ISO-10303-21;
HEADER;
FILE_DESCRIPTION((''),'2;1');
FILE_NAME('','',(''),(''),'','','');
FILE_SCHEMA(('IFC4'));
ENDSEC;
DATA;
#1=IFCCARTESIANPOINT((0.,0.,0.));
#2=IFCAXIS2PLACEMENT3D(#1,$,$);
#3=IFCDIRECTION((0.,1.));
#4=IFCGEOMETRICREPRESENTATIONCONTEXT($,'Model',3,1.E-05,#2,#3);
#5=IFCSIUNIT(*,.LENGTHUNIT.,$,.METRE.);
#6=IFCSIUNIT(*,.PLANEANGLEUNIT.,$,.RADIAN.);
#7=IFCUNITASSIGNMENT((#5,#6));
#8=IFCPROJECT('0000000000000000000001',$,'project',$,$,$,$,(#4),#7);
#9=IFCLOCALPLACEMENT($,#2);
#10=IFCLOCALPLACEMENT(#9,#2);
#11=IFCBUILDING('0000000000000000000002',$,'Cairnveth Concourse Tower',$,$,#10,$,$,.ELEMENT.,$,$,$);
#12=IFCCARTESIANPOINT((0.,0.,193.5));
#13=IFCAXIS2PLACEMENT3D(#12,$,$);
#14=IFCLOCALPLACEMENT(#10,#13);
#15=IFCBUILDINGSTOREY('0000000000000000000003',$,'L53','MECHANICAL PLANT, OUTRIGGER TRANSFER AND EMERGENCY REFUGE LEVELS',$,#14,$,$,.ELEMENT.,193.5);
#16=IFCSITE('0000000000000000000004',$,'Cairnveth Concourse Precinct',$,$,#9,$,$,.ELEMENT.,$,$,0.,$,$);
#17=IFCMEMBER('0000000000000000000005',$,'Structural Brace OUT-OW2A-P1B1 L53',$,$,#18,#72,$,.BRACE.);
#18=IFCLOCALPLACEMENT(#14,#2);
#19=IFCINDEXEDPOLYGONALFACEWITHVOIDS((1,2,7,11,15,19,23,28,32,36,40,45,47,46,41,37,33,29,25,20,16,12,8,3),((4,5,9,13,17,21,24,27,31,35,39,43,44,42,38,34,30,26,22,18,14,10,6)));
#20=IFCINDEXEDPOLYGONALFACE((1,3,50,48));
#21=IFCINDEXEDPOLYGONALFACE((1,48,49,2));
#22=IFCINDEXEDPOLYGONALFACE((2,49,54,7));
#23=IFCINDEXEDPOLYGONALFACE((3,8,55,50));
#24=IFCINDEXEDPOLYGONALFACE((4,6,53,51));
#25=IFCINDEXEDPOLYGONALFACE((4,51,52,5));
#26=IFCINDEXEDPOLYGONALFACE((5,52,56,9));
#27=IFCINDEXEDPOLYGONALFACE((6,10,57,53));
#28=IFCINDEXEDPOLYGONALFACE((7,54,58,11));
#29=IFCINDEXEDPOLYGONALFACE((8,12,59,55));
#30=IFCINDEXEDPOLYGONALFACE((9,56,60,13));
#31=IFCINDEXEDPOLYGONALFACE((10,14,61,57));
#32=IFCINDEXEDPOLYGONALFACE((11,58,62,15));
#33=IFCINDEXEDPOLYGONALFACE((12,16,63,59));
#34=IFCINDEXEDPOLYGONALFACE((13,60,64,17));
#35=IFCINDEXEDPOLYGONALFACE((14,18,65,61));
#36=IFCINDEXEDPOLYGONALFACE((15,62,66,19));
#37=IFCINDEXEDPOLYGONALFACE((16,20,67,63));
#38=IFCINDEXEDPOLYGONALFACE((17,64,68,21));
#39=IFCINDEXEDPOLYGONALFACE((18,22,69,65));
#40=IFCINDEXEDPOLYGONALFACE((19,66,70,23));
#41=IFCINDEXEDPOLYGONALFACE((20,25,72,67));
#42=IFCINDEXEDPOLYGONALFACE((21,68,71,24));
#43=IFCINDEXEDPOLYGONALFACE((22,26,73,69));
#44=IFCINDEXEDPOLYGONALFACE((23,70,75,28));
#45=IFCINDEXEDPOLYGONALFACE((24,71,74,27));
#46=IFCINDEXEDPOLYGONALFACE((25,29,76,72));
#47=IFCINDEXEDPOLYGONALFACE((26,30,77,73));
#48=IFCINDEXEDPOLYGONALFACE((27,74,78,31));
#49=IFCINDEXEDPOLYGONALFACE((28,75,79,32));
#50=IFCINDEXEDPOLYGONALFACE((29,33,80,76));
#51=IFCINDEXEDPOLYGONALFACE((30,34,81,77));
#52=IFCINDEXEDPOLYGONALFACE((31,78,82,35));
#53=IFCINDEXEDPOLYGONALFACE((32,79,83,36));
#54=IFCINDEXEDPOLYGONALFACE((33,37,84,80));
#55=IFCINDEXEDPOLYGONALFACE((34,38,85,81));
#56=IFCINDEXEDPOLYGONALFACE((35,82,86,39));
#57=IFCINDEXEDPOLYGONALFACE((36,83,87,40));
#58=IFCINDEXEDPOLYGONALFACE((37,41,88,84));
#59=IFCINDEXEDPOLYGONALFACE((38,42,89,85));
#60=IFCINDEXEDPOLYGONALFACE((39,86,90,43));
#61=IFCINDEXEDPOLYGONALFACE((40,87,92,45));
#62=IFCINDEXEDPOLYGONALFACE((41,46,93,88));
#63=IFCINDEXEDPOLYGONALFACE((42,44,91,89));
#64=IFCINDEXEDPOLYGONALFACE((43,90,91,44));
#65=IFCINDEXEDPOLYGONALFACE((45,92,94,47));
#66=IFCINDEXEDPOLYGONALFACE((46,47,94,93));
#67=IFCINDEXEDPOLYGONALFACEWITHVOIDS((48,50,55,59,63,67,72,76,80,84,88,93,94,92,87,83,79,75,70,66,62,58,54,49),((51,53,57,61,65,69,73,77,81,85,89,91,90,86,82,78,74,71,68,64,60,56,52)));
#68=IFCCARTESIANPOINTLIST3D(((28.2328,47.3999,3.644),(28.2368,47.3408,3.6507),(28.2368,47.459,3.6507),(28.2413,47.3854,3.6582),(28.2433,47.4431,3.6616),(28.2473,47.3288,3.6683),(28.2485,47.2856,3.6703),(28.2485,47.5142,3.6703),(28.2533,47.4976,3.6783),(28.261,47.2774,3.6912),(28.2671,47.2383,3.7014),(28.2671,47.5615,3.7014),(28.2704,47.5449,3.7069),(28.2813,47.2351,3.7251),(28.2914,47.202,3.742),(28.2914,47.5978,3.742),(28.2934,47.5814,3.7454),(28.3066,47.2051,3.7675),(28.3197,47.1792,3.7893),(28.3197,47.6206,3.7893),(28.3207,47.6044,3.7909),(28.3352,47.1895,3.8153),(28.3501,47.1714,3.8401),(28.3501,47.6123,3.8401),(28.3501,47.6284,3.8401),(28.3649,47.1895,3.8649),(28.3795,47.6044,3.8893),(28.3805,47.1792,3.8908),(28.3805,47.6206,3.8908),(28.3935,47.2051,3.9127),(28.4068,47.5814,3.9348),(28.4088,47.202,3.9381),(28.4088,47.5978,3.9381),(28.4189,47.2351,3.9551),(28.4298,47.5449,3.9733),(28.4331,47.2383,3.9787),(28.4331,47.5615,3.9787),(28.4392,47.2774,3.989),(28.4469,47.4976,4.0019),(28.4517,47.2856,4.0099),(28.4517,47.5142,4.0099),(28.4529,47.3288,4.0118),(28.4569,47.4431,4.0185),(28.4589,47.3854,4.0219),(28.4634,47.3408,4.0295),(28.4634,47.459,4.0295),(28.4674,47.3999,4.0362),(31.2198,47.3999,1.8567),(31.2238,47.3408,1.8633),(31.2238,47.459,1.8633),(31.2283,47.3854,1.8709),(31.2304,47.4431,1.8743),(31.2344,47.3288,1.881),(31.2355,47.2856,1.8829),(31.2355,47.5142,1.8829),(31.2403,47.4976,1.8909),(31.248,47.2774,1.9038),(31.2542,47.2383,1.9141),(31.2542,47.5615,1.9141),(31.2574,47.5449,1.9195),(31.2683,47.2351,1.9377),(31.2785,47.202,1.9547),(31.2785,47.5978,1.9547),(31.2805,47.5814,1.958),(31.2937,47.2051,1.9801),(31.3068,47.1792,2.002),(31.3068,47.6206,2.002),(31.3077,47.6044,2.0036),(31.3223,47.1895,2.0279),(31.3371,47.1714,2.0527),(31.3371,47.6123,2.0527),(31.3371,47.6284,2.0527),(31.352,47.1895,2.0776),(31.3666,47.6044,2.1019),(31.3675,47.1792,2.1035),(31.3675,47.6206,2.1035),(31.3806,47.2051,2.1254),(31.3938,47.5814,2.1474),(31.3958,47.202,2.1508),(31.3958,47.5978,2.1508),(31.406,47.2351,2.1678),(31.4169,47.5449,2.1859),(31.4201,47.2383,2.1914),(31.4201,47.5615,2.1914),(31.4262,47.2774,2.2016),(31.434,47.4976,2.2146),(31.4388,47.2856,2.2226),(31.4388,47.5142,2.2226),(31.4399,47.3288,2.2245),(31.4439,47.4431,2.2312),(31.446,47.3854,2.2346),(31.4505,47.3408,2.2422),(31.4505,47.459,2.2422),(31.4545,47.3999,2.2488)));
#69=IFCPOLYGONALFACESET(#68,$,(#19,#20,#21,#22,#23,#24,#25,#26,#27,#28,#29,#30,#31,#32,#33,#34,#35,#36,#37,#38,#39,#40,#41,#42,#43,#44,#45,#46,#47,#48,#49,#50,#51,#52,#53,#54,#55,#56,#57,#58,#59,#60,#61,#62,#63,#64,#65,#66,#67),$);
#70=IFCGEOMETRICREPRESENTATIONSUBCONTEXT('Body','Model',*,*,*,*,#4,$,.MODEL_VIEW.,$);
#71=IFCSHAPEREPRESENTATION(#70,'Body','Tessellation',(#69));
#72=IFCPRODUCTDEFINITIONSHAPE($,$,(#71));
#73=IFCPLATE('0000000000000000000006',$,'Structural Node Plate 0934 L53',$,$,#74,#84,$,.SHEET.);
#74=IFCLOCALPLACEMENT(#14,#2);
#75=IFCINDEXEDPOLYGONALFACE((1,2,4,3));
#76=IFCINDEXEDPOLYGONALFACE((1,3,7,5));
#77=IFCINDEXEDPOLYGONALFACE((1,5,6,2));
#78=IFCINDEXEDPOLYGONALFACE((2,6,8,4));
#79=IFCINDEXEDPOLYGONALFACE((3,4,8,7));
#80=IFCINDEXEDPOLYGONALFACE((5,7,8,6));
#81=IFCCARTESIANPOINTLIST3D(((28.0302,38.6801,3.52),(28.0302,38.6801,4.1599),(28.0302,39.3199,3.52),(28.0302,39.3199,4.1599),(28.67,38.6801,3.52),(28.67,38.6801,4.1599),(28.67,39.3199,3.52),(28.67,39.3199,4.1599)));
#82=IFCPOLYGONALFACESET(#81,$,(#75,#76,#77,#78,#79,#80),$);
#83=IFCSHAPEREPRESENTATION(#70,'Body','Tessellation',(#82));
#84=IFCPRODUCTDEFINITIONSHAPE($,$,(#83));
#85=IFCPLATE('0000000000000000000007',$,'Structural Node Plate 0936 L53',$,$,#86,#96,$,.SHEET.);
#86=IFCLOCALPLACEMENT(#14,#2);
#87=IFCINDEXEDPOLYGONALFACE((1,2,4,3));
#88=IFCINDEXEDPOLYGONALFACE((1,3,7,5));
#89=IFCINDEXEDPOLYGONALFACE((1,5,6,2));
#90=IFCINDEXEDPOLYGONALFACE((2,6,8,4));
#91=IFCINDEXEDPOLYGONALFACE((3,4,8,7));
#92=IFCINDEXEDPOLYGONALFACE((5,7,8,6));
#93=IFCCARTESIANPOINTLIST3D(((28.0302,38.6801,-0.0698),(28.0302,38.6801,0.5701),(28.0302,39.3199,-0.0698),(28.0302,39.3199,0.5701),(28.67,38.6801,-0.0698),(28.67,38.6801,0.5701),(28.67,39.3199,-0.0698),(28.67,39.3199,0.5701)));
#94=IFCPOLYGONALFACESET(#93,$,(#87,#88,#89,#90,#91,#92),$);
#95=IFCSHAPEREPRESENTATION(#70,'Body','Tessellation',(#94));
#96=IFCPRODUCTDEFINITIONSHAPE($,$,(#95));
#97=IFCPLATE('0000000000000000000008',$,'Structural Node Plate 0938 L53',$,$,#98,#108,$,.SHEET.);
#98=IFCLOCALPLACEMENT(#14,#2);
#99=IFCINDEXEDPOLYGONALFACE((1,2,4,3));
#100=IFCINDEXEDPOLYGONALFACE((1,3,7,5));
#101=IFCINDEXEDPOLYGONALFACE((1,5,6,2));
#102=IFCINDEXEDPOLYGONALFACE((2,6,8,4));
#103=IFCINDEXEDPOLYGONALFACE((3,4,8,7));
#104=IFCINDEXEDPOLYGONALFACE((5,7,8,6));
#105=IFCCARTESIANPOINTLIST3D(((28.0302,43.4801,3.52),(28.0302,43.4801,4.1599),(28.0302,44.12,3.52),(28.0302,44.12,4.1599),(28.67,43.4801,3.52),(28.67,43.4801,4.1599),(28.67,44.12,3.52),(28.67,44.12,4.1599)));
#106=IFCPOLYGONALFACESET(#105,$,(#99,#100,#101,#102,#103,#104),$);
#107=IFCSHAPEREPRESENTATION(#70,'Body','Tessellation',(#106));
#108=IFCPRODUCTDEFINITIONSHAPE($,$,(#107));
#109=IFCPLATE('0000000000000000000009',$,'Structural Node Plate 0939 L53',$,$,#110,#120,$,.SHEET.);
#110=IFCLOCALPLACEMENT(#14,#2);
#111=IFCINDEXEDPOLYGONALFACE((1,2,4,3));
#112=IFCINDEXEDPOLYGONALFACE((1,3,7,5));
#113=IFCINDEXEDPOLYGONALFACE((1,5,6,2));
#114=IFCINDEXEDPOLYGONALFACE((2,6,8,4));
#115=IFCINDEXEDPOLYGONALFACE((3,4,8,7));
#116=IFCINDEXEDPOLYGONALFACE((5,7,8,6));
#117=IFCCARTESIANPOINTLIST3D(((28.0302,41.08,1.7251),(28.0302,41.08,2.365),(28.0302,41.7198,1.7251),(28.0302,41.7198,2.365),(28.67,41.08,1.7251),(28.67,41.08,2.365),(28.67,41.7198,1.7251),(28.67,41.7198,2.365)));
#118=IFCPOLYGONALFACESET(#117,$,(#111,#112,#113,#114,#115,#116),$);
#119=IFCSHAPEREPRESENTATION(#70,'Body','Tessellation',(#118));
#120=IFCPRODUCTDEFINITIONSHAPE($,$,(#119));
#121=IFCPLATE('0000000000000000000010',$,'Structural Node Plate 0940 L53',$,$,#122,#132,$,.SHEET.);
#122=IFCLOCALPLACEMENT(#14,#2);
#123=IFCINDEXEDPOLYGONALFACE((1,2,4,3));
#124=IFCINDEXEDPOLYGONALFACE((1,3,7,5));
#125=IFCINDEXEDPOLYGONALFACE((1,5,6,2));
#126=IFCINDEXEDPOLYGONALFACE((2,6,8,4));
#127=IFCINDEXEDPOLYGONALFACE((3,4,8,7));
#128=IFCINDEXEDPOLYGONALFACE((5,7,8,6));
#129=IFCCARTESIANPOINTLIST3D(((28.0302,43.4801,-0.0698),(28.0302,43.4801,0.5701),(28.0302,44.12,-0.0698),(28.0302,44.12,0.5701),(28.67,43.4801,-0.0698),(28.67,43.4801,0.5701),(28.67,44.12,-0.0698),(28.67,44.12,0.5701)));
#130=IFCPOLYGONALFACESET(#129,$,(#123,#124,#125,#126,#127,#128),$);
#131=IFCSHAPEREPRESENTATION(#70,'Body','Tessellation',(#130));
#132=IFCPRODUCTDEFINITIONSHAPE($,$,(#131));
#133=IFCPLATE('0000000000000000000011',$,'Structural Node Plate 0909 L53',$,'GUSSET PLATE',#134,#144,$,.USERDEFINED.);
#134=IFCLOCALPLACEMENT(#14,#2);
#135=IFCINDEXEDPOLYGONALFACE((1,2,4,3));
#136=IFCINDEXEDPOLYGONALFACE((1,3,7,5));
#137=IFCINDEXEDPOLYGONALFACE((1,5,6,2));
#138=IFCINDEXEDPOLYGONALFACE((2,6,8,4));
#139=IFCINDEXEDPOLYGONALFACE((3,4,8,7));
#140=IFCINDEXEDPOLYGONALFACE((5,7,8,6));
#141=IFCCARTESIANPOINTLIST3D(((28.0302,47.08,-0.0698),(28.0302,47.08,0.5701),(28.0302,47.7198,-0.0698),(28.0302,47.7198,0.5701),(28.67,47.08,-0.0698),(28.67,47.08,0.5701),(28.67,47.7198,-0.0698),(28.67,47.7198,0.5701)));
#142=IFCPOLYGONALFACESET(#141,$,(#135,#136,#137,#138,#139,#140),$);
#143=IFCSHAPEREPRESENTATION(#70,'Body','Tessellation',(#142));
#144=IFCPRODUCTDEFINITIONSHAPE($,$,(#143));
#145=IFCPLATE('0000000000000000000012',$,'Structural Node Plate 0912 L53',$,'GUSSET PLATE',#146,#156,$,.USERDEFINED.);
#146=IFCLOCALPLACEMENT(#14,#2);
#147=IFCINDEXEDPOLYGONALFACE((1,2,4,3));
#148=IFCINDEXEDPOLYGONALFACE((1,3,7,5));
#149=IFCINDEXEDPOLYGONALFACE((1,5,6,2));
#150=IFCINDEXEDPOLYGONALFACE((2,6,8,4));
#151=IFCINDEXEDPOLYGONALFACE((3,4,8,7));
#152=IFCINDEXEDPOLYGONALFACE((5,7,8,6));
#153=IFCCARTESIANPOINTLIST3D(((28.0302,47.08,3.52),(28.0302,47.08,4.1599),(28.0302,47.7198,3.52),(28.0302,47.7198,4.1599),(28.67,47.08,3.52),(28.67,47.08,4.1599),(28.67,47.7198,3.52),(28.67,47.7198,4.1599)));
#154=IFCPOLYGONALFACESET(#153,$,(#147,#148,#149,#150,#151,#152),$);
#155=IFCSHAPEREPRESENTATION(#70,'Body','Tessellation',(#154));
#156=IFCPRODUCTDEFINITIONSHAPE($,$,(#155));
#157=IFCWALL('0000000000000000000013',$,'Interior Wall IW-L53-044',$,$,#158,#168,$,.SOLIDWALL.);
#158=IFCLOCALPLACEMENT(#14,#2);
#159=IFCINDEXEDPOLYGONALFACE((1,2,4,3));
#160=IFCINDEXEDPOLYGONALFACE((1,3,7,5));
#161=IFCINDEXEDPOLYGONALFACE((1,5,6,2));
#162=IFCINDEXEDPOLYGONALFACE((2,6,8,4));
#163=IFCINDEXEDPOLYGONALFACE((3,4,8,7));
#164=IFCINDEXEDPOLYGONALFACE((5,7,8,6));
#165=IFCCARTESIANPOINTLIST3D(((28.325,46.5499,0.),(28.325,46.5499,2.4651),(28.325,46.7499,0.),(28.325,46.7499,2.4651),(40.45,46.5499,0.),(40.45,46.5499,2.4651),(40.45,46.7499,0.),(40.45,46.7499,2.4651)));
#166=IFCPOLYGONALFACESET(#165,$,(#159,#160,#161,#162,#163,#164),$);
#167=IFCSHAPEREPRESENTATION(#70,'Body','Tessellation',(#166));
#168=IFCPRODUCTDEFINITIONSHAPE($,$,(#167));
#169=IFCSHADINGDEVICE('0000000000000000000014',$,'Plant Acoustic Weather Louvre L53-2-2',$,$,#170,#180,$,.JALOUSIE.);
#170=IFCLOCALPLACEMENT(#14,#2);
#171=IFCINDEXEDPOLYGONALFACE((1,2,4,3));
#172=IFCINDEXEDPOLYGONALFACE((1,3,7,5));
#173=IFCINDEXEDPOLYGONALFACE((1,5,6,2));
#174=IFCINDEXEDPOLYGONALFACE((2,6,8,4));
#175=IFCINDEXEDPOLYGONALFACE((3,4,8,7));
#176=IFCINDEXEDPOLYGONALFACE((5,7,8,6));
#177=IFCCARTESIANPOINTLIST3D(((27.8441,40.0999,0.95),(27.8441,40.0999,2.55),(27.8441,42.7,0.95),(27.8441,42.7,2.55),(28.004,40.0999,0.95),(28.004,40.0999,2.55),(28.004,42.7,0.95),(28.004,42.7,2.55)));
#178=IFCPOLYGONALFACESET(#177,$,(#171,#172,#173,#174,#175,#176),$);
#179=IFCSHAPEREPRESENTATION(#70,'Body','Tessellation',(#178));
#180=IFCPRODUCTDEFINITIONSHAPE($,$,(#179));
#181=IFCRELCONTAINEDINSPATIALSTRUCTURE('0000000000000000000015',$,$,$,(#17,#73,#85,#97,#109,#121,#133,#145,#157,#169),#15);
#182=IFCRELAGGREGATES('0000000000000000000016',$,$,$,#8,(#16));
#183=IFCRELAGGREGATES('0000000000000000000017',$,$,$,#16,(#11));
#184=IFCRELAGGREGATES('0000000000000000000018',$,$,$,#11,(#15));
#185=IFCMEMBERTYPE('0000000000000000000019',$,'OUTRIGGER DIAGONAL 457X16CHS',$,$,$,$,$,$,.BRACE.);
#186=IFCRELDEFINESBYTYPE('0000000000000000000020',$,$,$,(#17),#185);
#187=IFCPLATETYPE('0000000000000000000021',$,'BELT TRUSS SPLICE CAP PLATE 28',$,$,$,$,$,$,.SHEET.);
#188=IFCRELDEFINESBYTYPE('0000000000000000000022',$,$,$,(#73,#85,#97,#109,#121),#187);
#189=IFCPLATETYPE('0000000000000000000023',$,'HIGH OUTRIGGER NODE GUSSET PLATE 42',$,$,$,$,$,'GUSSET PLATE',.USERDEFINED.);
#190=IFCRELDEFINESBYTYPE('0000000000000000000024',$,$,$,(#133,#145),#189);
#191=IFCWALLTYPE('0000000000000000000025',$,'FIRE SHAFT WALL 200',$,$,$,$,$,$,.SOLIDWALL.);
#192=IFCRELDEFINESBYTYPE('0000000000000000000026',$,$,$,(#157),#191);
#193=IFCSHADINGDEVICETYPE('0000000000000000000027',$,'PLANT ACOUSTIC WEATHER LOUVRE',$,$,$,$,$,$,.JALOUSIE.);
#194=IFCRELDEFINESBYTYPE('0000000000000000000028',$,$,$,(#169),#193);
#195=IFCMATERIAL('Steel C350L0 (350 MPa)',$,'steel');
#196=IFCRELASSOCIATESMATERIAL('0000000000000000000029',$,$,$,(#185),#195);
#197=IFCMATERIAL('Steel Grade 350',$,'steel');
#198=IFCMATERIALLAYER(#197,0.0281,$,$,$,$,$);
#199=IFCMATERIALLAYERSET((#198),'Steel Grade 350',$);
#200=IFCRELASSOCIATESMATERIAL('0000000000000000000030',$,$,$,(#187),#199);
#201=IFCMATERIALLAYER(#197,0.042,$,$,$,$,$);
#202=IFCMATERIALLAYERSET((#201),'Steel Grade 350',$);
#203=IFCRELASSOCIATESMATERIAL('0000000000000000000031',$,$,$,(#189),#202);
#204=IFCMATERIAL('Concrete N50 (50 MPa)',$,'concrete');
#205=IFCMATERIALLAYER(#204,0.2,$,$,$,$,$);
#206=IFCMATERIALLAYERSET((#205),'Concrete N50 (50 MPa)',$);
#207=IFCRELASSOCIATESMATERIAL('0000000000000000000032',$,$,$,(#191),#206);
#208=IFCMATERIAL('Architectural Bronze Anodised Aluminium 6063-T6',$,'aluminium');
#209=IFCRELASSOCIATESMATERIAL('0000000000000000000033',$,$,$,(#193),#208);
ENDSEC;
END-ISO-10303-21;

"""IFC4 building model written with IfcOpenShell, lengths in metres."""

from ifc_helpers import new_model, si_unit, direction, frame, frame_2d, origin, origin_2d, place, context, subcontext, project, spatial, rectangle, hollow_circle, extrude, material, layer, layer_set, material_profile, profile_set, type_object, element, save


model = new_model("IFC4")

# Units and contexts
model_context = context("Model", 3, precision=1e-05, world=origin(), true_north=direction((0.0, 1.0)))
body_context = subcontext(model_context, "Body", "Model", "MODEL_VIEW")
ifc_project = project(units=[si_unit("LENGTHUNIT", "METRE"), si_unit("PLANEANGLEUNIT", "RADIAN")], contexts=[model_context])

# Site, building, storey
site_placement = place(None, origin())
site = spatial("IfcSite", under=ifc_project, at=site_placement, Name="Cairnveth Concourse Precinct", CompositionType="ELEMENT", RefElevation=0.0)
building_placement = place(site_placement, origin())
building = spatial("IfcBuilding", under=site, at=building_placement, Name="Cairnveth Concourse Tower", CompositionType="ELEMENT")
storey_placement = place(building_placement, frame((0.0, 0.0, 193.5)))
storey = spatial("IfcBuildingStorey", under=building, at=storey_placement, Name="L53", Description="MECHANICAL PLANT, OUTRIGGER TRANSFER AND EMERGENCY REFUGE LEVELS", CompositionType="ELEMENT", Elevation=193.5)

# Shared definitions
ifc_material_1 = material(Name="Steel C350L0 (350 MPa)", Category="steel")

# Member
ifc_material_profile_1 = material_profile(ifc_material_1, hollow_circle(Radius=0.2285, WallThickness=0.0161, at=origin_2d()), Name="457.0x16.0CHS")
ifc_profile_set_1 = profile_set([ifc_material_profile_1], Name="Steel C350L0 (350 MPa)")
member_type_1 = type_object("IfcMemberType", Name="OUTRIGGER DIAGONAL 457X16CHS", PredefinedType="BRACE", material=ifc_profile_set_1)
member_1_placement = place(storey_placement, frame((28.3501, 47.3999, 3.8401), z_axis=(0.858111, 0.0, -0.513464), x_axis=(0.0, 1.0, 0.0)))
element("IfcMember", 1, at=member_1_placement, inside=storey, type_object=member_type_1, Name="Structural Brace OUT-OW2A-P1B1 L53", PredefinedType="BRACE", context=body_context, shape_type="SweptSolid", body=[
    extrude(hollow_circle(Radius=0.2285, WallThickness=0.0161, at=origin_2d()), origin(), (0.0, 0.0, 1.0), 3.481),
])

# Plates
ifc_material_2 = material(Name="Steel Grade 350", Category="steel")
ifc_layer_1 = layer(ifc_material_2, 0.0281)
ifc_layer_set_1 = layer_set([ifc_layer_1], Name="Steel Grade 350")
plate_type_1 = type_object("IfcPlateType", Name="BELT TRUSS SPLICE CAP PLATE 28", PredefinedType="SHEET", material=ifc_layer_set_1)
for number, where, z_axis, x_axis, name in (
    (2, (28.3501, 39.0, 3.52), (0.0, 0.0, 1.0), (1.0, 0.0, 0.0), "Structural Node Plate 0934 L53"),
    (3, (28.3501, 39.0, -0.0698), (0.0, 0.0, 1.0), (1.0, 0.0, 0.0), "Structural Node Plate 0936 L53"),
    (4, (28.3501, 43.8, 3.52), (0.0, 0.0, 1.0), (1.0, 0.0, 0.0), "Structural Node Plate 0938 L53"),
    (5, (28.3501, 41.3999, 1.7251), (0.0, 0.0, 1.0), (1.0, 0.0, 0.0), "Structural Node Plate 0939 L53"),
    (6, (28.3501, 43.8, -0.0698), (0.0, 0.0, 1.0), (1.0, 0.0, 0.0), "Structural Node Plate 0940 L53"),
):
    element("IfcPlate", number, at=place(storey_placement, frame(where, z_axis=z_axis, x_axis=x_axis)), inside=storey, type_object=plate_type_1, Name=name, PredefinedType="SHEET", context=body_context, shape_type="SweptSolid", body=[
        extrude(rectangle(XDim=0.6399, YDim=0.6399, at=origin_2d()), origin(), (0.0, 0.0, 1.0), 0.6399),
    ])
ifc_layer_2 = layer(ifc_material_2, 0.042)
ifc_layer_set_2 = layer_set([ifc_layer_2], Name="Steel Grade 350")
plate_type_2 = type_object("IfcPlateType", Name="HIGH OUTRIGGER NODE GUSSET PLATE 42", ElementType="GUSSET PLATE", PredefinedType="USERDEFINED", material=ifc_layer_set_2)
for number, where, z_axis, x_axis, name in (
    (7, (28.3501, 47.3999, -0.0698), (0.0, 0.0, 1.0), (1.0, 0.0, 0.0), "Structural Node Plate 0909 L53"),
    (8, (28.3501, 47.3999, 3.52), (0.0, 0.0, 1.0), (1.0, 0.0, 0.0), "Structural Node Plate 0912 L53"),
):
    element("IfcPlate", number, at=place(storey_placement, frame(where, z_axis=z_axis, x_axis=x_axis)), inside=storey, type_object=plate_type_2, Name=name, ObjectType="GUSSET PLATE", PredefinedType="USERDEFINED", context=body_context, shape_type="SweptSolid", body=[
        extrude(rectangle(XDim=0.6399, YDim=0.6399, at=origin_2d()), origin(), (0.0, 0.0, 1.0), 0.6399),
    ])

# Wall
ifc_material_3 = material(Name="Concrete N50 (50 MPa)", Category="concrete")
ifc_layer_3 = layer(ifc_material_3, 0.2)
ifc_layer_set_3 = layer_set([ifc_layer_3], Name="Concrete N50 (50 MPa)")
wall_type = type_object("IfcWallType", Name="FIRE SHAFT WALL 200", PredefinedType="SOLIDWALL", material=ifc_layer_set_3)
wall_placement = place(storey_placement, frame((28.325, 46.6499, 0.0), z_axis=(0.0, 0.0, 1.0), x_axis=(1.0, 0.0, 0.0)))
element("IfcWall", 9, at=wall_placement, inside=storey, type_object=wall_type, Name="Interior Wall IW-L53-044", PredefinedType="SOLIDWALL", context=body_context, shape_type="SweptSolid", body=[
    extrude(rectangle(XDim=12.125, YDim=0.2, at=frame_2d((6.0625, 0.0))), origin(), (0.0, 0.0, 1.0), 2.4651),
])

# Shading device
ifc_material_4 = material(Name="Architectural Bronze Anodised Aluminium 6063-T6", Category="aluminium")
shading_device_type = type_object("IfcShadingDeviceType", Name="PLANT ACOUSTIC WEATHER LOUVRE", PredefinedType="JALOUSIE", material=ifc_material_4)
shading_device_placement = place(storey_placement, frame((27.9241, 41.3999, 0.95), z_axis=(0.0, 0.0, 1.0), x_axis=(1.0, 0.0, 0.0)))
element("IfcShadingDevice", 10, at=shading_device_placement, inside=storey, type_object=shading_device_type, Name="Plant Acoustic Weather Louvre L53-2-2", PredefinedType="JALOUSIE", context=body_context, shape_type="SweptSolid", body=[
    extrude(rectangle(XDim=0.1599, YDim=2.6001, at=origin_2d()), origin(), (0.0, 0.0, 1.0), 1.6001),
])

save(model, "model.ifc")
